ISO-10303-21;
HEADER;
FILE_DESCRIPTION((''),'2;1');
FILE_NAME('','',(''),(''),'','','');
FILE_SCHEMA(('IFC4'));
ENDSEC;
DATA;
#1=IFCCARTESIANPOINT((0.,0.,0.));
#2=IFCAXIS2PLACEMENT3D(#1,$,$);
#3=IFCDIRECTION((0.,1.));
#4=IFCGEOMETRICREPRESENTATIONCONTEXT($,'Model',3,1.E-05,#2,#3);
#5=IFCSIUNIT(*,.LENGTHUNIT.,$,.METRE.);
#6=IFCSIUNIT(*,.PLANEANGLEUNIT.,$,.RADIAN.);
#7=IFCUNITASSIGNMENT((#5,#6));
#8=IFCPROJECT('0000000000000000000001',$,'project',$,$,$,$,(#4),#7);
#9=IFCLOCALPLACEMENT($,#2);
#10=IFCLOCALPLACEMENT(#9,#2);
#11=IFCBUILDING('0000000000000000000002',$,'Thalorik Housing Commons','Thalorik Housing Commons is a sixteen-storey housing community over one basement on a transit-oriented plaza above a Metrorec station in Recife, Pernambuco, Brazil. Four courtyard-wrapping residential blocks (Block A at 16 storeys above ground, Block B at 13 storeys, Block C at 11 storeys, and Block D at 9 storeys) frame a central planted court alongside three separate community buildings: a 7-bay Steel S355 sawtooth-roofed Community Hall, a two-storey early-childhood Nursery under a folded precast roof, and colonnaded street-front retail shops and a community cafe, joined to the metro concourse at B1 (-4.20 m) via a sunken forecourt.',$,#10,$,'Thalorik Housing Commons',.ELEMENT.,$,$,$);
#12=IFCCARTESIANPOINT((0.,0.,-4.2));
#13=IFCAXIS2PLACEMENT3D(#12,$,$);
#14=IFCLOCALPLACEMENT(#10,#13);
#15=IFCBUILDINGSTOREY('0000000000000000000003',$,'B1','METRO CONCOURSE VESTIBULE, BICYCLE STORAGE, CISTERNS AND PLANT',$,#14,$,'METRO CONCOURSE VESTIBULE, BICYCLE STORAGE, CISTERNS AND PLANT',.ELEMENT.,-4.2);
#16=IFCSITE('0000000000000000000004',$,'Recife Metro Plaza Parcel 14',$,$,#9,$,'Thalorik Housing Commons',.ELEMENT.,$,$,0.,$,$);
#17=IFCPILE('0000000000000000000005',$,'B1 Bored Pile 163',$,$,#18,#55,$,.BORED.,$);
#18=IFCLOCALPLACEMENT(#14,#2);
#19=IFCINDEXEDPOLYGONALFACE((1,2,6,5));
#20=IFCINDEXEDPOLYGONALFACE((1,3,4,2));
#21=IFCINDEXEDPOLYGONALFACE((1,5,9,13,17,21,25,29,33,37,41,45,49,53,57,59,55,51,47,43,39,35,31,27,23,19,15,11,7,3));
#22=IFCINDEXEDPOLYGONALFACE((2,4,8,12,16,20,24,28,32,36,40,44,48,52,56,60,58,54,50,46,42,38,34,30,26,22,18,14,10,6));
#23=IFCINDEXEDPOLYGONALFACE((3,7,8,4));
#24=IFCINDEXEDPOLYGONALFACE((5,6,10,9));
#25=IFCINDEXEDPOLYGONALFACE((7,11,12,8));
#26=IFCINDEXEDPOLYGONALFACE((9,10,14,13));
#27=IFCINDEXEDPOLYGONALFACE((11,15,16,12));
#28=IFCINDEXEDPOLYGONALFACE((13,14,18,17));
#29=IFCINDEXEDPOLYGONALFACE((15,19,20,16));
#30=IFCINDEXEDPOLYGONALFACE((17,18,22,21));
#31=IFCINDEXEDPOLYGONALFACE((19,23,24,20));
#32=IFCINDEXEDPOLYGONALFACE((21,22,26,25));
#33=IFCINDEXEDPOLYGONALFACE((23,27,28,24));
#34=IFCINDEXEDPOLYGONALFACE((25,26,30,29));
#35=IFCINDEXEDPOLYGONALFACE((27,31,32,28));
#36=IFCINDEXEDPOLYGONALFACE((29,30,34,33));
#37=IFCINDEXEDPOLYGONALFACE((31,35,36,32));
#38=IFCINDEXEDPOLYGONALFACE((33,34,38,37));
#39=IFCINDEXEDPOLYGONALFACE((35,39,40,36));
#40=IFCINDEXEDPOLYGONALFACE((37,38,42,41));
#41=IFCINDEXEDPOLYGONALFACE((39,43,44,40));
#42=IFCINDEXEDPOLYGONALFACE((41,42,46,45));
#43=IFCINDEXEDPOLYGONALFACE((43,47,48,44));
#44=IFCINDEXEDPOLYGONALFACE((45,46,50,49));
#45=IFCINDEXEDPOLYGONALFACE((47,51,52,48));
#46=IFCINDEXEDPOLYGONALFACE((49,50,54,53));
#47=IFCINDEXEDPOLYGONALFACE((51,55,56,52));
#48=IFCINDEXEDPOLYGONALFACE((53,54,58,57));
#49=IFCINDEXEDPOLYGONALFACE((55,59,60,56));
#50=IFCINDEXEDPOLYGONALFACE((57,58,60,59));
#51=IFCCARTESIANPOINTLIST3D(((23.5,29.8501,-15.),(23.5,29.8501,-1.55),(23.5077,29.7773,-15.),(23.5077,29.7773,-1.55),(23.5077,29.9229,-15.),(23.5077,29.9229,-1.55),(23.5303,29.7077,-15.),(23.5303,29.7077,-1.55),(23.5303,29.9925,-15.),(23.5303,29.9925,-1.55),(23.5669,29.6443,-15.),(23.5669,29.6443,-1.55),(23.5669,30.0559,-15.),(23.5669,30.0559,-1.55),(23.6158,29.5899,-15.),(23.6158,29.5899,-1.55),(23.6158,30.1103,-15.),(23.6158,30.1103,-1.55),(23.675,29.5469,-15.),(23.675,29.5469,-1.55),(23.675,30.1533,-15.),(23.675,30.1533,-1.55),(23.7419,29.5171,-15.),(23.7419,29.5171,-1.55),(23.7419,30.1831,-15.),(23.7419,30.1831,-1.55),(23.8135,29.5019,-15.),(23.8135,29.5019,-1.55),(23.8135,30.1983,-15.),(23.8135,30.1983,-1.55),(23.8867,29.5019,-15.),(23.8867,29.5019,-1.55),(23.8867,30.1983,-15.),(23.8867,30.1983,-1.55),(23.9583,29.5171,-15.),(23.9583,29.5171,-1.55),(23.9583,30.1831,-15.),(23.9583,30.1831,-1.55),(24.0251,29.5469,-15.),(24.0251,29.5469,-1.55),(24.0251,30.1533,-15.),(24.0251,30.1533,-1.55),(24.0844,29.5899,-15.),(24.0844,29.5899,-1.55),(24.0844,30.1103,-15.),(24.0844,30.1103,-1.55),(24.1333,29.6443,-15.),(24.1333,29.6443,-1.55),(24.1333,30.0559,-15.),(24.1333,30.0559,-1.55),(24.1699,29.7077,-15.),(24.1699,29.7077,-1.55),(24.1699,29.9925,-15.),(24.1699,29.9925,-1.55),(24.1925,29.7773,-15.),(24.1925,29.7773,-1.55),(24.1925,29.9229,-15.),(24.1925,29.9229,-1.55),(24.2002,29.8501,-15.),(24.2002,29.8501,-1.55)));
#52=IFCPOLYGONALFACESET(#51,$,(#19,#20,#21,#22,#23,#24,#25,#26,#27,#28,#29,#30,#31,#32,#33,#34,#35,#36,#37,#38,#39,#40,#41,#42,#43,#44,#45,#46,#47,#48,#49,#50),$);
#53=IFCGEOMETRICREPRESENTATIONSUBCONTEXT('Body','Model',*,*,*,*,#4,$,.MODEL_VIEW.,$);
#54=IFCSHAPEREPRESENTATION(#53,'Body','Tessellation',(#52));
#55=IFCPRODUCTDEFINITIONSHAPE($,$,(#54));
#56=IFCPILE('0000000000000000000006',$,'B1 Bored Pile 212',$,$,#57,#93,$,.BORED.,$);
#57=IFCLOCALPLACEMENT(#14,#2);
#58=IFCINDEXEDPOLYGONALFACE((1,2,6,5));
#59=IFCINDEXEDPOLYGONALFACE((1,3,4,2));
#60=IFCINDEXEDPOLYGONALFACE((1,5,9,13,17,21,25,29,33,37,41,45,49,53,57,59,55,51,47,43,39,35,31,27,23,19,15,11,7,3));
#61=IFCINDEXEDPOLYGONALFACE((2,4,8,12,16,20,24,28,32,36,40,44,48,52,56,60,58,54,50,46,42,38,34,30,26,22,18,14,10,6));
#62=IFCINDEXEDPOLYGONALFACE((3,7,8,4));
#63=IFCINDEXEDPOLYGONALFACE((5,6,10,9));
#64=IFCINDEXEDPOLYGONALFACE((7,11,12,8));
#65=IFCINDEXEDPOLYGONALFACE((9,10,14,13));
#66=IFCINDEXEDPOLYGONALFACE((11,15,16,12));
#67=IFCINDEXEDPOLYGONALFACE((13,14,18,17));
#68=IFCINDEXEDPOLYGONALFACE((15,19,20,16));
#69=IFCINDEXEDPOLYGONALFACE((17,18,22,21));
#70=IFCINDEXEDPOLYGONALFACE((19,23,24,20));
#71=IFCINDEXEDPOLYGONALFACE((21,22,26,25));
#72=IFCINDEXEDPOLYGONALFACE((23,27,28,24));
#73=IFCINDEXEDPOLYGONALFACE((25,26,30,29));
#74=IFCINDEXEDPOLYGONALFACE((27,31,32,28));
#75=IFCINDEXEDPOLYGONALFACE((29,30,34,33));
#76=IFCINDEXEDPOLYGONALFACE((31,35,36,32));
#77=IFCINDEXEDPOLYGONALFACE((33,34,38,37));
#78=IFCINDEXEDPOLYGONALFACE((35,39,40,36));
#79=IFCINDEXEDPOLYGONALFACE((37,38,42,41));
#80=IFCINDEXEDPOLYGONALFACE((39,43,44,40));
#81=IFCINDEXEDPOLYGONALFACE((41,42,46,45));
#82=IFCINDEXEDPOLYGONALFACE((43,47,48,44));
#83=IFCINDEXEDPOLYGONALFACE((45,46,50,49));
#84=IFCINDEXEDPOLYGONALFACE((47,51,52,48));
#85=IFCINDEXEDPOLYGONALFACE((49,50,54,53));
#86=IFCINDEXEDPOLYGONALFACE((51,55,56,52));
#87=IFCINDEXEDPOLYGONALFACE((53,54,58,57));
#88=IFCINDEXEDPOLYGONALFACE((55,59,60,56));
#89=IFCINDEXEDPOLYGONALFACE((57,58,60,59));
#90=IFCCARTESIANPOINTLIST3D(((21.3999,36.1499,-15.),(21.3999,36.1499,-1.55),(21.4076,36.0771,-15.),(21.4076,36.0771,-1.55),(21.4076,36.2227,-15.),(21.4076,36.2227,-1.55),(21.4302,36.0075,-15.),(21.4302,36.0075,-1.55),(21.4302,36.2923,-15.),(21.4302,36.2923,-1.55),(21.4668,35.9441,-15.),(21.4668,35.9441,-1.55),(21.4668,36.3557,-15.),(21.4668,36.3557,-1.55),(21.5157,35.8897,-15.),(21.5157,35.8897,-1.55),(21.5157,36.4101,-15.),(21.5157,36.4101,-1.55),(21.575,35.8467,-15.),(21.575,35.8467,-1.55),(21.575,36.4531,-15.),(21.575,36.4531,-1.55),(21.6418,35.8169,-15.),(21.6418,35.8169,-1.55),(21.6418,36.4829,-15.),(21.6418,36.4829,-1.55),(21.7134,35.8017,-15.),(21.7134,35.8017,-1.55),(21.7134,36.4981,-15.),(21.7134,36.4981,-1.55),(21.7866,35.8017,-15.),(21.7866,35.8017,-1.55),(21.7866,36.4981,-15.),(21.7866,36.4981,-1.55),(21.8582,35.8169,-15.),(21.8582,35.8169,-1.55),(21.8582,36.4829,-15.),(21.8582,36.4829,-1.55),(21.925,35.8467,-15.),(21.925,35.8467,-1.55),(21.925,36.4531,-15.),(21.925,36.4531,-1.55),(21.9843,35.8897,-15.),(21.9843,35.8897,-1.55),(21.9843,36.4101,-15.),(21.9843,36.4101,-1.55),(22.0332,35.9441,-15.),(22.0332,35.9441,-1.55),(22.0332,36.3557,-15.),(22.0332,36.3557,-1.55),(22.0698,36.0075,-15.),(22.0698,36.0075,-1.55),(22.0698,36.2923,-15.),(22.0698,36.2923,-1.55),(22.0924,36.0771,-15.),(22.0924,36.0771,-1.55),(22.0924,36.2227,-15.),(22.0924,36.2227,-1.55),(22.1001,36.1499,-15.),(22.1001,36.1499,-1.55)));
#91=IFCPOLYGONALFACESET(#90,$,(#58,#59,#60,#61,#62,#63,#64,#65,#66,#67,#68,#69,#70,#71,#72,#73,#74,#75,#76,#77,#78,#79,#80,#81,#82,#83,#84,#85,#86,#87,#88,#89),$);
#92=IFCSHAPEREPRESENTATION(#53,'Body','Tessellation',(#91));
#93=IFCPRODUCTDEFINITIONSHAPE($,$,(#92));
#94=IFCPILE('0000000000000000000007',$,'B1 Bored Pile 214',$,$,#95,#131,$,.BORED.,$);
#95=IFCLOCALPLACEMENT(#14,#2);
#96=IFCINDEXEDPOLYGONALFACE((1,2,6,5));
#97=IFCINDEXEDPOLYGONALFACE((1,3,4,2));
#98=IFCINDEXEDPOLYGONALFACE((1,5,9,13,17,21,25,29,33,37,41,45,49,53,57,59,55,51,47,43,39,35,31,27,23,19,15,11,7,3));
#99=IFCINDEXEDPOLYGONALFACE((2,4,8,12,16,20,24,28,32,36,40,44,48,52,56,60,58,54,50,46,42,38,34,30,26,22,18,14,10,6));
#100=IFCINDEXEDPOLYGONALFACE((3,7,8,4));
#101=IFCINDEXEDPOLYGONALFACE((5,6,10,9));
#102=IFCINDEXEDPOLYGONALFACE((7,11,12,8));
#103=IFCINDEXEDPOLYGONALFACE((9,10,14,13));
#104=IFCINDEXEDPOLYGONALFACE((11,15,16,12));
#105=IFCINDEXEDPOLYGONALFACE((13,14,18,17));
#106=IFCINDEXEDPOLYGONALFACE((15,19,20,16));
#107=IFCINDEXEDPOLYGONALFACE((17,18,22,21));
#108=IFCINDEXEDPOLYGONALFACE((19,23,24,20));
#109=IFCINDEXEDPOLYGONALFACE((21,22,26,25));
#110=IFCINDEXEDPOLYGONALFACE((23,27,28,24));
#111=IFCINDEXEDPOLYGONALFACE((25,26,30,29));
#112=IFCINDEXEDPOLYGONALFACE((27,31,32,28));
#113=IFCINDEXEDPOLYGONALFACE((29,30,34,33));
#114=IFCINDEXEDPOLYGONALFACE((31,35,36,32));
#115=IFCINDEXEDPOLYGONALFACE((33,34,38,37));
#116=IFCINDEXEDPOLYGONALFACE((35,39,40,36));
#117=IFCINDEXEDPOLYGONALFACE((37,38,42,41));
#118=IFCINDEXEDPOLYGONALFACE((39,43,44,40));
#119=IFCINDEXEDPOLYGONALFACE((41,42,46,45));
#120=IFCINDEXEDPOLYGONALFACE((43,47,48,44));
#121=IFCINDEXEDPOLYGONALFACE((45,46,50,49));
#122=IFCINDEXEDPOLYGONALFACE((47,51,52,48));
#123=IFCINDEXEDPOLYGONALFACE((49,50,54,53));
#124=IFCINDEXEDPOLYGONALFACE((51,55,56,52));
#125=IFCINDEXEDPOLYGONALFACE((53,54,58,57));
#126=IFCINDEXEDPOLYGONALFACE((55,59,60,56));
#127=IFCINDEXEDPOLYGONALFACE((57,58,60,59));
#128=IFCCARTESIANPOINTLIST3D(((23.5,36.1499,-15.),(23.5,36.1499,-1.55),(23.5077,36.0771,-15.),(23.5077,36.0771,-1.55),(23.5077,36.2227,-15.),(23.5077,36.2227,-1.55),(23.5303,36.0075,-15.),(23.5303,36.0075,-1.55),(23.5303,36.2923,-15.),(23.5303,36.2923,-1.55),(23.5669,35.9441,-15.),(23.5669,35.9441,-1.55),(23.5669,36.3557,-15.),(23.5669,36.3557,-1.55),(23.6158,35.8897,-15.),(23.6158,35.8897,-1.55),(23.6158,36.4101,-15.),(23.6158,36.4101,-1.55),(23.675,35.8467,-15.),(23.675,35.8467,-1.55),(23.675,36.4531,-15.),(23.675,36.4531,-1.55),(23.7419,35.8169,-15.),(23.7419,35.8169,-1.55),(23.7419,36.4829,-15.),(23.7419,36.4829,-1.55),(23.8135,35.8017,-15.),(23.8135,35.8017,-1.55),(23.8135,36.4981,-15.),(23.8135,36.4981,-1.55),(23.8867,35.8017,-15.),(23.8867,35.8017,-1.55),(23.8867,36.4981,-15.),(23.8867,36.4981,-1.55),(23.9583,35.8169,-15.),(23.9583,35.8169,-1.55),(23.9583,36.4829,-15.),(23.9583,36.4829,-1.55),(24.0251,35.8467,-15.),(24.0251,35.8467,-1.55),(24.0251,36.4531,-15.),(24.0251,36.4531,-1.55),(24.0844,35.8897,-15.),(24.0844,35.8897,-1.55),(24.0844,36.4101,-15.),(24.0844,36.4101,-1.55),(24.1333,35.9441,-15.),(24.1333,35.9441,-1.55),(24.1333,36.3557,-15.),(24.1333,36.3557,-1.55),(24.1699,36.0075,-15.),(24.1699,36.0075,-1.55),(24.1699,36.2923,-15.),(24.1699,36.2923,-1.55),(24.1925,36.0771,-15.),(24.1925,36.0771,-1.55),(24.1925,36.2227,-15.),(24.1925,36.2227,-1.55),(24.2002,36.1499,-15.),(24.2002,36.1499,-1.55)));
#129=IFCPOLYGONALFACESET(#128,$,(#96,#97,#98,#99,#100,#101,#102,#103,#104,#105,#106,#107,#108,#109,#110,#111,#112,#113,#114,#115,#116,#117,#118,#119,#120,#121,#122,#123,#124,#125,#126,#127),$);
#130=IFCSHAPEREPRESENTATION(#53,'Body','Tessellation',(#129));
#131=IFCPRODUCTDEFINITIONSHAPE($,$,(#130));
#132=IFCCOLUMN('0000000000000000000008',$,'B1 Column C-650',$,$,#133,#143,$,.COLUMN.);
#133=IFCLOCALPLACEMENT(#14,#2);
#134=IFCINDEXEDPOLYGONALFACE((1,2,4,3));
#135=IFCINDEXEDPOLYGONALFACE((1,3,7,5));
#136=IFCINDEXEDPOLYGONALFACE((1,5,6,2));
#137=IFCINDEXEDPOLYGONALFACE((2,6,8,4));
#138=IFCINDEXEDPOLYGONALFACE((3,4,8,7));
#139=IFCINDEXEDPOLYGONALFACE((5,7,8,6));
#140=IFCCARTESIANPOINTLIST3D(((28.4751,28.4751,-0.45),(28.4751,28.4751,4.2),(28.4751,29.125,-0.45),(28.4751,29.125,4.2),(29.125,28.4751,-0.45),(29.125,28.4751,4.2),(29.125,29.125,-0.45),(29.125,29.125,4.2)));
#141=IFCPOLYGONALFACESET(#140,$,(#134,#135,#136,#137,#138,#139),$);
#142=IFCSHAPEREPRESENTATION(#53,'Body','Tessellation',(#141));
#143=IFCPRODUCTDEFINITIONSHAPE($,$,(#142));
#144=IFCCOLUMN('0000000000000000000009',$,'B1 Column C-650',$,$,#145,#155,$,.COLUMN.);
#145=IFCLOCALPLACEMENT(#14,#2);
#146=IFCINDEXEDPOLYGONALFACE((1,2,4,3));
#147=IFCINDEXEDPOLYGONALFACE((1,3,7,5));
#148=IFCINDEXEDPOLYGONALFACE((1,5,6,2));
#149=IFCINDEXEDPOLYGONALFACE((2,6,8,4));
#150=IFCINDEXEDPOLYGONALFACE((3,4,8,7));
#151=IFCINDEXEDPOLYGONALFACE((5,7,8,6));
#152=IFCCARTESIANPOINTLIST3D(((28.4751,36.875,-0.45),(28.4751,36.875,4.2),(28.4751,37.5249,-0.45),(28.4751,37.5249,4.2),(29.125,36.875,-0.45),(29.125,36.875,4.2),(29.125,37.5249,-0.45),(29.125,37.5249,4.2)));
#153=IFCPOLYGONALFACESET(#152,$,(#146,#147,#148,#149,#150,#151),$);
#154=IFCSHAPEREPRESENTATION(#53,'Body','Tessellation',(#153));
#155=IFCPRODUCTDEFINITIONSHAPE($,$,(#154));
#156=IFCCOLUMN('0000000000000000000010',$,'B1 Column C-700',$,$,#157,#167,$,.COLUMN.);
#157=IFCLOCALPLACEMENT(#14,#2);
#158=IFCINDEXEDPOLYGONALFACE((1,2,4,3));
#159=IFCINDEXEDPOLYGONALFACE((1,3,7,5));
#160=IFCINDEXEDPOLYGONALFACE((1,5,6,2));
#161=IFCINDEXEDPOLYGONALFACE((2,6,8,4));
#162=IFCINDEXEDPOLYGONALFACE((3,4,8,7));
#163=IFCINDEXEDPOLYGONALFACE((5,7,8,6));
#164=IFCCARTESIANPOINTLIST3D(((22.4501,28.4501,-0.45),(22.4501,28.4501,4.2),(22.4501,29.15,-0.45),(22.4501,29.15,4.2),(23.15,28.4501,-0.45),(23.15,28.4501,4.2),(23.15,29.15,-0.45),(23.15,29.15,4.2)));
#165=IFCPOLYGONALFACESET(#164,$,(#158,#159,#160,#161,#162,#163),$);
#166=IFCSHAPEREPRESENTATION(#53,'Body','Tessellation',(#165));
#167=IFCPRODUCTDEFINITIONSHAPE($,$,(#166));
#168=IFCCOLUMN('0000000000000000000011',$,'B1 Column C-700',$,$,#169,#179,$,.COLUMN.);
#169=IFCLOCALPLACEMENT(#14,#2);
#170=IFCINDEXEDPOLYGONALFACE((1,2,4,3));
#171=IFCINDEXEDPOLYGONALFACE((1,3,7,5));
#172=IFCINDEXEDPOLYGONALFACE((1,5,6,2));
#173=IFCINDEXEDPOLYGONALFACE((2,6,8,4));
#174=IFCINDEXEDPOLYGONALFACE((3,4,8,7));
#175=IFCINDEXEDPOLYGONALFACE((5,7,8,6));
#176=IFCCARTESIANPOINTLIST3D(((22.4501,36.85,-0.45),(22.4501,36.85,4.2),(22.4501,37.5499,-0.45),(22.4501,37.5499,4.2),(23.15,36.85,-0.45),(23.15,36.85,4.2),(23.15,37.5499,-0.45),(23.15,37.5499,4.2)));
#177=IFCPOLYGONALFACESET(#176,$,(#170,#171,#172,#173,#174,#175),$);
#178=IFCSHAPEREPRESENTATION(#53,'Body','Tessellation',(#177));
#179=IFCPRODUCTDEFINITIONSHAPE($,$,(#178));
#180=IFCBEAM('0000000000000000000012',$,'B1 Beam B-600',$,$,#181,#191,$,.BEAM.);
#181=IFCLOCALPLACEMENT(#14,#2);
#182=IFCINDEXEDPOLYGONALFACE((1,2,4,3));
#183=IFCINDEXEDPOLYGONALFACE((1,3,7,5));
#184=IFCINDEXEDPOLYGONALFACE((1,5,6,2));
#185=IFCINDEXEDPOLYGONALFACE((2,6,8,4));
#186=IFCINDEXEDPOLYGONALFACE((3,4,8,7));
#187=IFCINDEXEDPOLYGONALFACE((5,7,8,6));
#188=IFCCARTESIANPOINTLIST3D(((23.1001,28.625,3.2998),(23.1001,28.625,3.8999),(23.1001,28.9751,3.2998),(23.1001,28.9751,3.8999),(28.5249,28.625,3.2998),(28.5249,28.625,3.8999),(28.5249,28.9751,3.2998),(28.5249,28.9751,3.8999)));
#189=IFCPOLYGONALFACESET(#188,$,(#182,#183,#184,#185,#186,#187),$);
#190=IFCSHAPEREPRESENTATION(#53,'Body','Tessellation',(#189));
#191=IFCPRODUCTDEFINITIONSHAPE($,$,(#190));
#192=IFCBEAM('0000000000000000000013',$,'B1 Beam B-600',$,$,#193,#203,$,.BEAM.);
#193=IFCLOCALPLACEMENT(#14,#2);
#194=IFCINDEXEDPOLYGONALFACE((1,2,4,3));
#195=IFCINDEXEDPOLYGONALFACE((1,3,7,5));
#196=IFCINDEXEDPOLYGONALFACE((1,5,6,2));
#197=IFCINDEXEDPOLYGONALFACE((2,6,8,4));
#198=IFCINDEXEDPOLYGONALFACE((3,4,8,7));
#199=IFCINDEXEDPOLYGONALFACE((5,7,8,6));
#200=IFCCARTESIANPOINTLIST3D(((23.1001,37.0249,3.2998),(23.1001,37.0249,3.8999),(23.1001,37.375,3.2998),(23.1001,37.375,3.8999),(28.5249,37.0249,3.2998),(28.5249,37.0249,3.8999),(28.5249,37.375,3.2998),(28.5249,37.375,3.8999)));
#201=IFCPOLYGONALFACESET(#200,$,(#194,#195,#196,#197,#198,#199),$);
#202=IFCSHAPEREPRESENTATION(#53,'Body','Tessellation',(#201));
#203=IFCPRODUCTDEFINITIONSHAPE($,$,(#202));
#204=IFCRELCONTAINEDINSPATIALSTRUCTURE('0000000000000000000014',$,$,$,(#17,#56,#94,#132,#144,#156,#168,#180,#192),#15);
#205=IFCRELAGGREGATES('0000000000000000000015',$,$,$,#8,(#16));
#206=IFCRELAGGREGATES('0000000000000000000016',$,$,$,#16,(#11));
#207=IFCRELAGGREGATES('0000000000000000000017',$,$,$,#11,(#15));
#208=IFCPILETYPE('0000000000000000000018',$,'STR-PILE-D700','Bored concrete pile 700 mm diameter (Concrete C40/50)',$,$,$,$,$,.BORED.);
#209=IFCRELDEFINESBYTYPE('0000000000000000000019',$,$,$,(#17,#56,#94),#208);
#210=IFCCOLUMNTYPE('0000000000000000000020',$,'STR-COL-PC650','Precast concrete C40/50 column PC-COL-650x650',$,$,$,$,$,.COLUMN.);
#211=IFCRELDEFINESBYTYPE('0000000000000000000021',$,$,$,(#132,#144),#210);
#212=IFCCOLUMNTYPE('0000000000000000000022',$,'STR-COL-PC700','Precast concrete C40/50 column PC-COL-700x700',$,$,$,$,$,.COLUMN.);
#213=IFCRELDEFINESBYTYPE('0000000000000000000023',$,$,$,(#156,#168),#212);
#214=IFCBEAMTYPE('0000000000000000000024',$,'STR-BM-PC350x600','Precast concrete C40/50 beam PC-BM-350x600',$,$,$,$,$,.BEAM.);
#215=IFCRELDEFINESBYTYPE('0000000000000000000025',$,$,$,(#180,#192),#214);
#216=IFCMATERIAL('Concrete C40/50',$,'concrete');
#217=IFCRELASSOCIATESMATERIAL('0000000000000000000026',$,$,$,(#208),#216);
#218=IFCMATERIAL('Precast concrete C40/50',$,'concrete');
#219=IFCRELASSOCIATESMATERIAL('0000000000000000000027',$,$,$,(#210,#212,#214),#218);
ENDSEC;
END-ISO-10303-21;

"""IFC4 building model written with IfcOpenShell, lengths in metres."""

from ifc_helpers import new_model, si_unit, direction, frame, origin, origin_2d, place, context, subcontext, project, spatial, rectangle, circle, extrude, material, material_profile, profile_set, type_object, element, save


model = new_model("IFC4")

# Units and contexts
model_context = context("Model", 3, precision=1e-05, world=origin(), true_north=direction((0.0, 1.0)))
body_context = subcontext(model_context, "Body", "Model", "MODEL_VIEW")
ifc_project = project(units=[si_unit("LENGTHUNIT", "METRE"), si_unit("PLANEANGLEUNIT", "RADIAN")], contexts=[model_context])

# Site, building, storey
site_placement = place(None, origin())
site = spatial("IfcSite", under=ifc_project, at=site_placement, Name="Recife Metro Plaza Parcel 14", LongName="Thalorik Housing Commons", CompositionType="ELEMENT", RefElevation=0.0)
building_placement = place(site_placement, origin())
building = spatial("IfcBuilding", under=site, at=building_placement, Name="Thalorik Housing Commons", Description="Thalorik Housing Commons is a sixteen-storey housing community over one basement on a transit-oriented plaza above a Metrorec station in Recife, Pernambuco, Brazil. Four courtyard-wrapping residential blocks (Block A at 16 storeys above ground, Block B at 13 storeys, Block C at 11 storeys, and Block D at 9 storeys) frame a central planted court alongside three separate community buildings: a 7-bay Steel S355 sawtooth-roofed Community Hall, a two-storey early-childhood Nursery under a folded precast roof, and colonnaded street-front retail shops and a community cafe, joined to the metro concourse at B1 (-4.20 m) via a sunken forecourt.", LongName="Thalorik Housing Commons", CompositionType="ELEMENT")
storey_placement = place(building_placement, frame((0.0, 0.0, -4.2)))
storey = spatial("IfcBuildingStorey", under=building, at=storey_placement, Name="B1", Description="METRO CONCOURSE VESTIBULE, BICYCLE STORAGE, CISTERNS AND PLANT", LongName="METRO CONCOURSE VESTIBULE, BICYCLE STORAGE, CISTERNS AND PLANT", CompositionType="ELEMENT", Elevation=-4.2)

# Shared definitions
ifc_material_1 = material(Name="Concrete C40/50", Category="concrete")

# Piles
ifc_material_profile_1 = material_profile(ifc_material_1, circle(Radius=0.3501, at=origin_2d()), Name="BORED PILE D700", Category="concrete")
ifc_profile_set_1 = profile_set([ifc_material_profile_1], Name="Concrete C40/50")
pile_type_1 = type_object("IfcPileType", Name="STR-PILE-D700", Description="Bored concrete pile 700 mm diameter (Concrete C40/50)", PredefinedType="BORED", material=ifc_profile_set_1)
for number, where, z_axis, x_axis, name in (
    (1, (23.8501, 29.8501, -1.55), (0.0, 0.0, -1.0), (1.0, 0.0, 0.0), "B1 Bored Pile 163"),
    (2, (21.75, 36.1499, -1.55), (0.0, 0.0, -1.0), (1.0, 0.0, 0.0), "B1 Bored Pile 212"),
    (3, (23.8501, 36.1499, -1.55), (0.0, 0.0, -1.0), (1.0, 0.0, 0.0), "B1 Bored Pile 214"),
):
    element("IfcPile", number, at=place(storey_placement, frame(where, z_axis=z_axis, x_axis=x_axis)), inside=storey, type_object=pile_type_1, Name=name, PredefinedType="BORED", context=body_context, shape_type="SweptSolid", body=[
        extrude(circle(Radius=0.3501, at=origin_2d()), origin(), (0.0, 0.0, 1.0), 13.45),
    ])

# Columns
ifc_material_2 = material(Name="Precast concrete C40/50", Category="concrete")
ifc_material_profile_2 = material_profile(ifc_material_2, rectangle(XDim=0.6499, YDim=0.6499, at=origin_2d()), Name="PC 650x650", Category="concrete")
ifc_profile_set_2 = profile_set([ifc_material_profile_2], Name="Precast concrete C40/50")
column_type_1 = type_object("IfcColumnType", Name="STR-COL-PC650", Description="Precast concrete C40/50 column PC-COL-650x650", PredefinedType="COLUMN", material=ifc_profile_set_2)
for number, where, z_axis, x_axis, name in (
    (4, (28.8, 28.8, -0.45), (0.0, 0.0, 1.0), (1.0, 0.0, 0.0), "B1 Column C-650"),
    (5, (28.8, 37.2, -0.45), (0.0, 0.0, 1.0), (1.0, 0.0, 0.0), "B1 Column C-650"),
):
    element("IfcColumn", number, at=place(storey_placement, frame(where, z_axis=z_axis, x_axis=x_axis)), inside=storey, type_object=column_type_1, Name=name, PredefinedType="COLUMN", context=body_context, shape_type="SweptSolid", body=[
        extrude(rectangle(XDim=0.6499, YDim=0.6499, at=origin_2d()), origin(), (0.0, 0.0, 1.0), 4.6499),
    ])
ifc_material_profile_3 = material_profile(ifc_material_2, rectangle(XDim=0.7, YDim=0.7, at=origin_2d()), Name="PC 700x700", Category="concrete")
ifc_profile_set_3 = profile_set([ifc_material_profile_3], Name="Precast concrete C40/50")
column_type_2 = type_object("IfcColumnType", Name="STR-COL-PC700", Description="Precast concrete C40/50 column PC-COL-700x700", PredefinedType="COLUMN", material=ifc_profile_set_3)
for number, where, z_axis, x_axis, name in (
    (6, (22.8, 28.8, -0.45), (0.0, 0.0, 1.0), (1.0, 0.0, 0.0), "B1 Column C-700"),
    (7, (22.8, 37.2, -0.45), (0.0, 0.0, 1.0), (1.0, 0.0, 0.0), "B1 Column C-700"),
):
    element("IfcColumn", number, at=place(storey_placement, frame(where, z_axis=z_axis, x_axis=x_axis)), inside=storey, type_object=column_type_2, Name=name, PredefinedType="COLUMN", context=body_context, shape_type="SweptSolid", body=[
        extrude(rectangle(XDim=0.7, YDim=0.7, at=origin_2d()), origin(), (0.0, 0.0, 1.0), 4.6499),
    ])

# Beams
ifc_material_profile_4 = material_profile(ifc_material_2, rectangle(XDim=0.3501, YDim=0.6001, at=origin_2d()), Name="PC 350x600", Category="concrete")
ifc_profile_set_4 = profile_set([ifc_material_profile_4], Name="Precast concrete C40/50")
beam_type_1 = type_object("IfcBeamType", Name="STR-BM-PC350x600", Description="Precast concrete C40/50 beam PC-BM-350x600", PredefinedType="BEAM", material=ifc_profile_set_4)
for number, where, z_axis, x_axis, name in (
    (8, (23.1001, 28.8, 3.5999), (1.0, 0.0, 0.0), (0.0, 1.0, 0.0), "B1 Beam B-600"),
    (9, (23.1001, 37.2, 3.5999), (1.0, 0.0, 0.0), (0.0, 1.0, 0.0), "B1 Beam B-600"),
):
    element("IfcBeam", number, at=place(storey_placement, frame(where, z_axis=z_axis, x_axis=x_axis)), inside=storey, type_object=beam_type_1, Name=name, PredefinedType="BEAM", context=body_context, shape_type="SweptSolid", body=[
        extrude(rectangle(XDim=0.3501, YDim=0.6001, at=origin_2d()), origin(), (0.0, 0.0, 1.0), 5.4248),
    ])

save(model, "model.ifc")
